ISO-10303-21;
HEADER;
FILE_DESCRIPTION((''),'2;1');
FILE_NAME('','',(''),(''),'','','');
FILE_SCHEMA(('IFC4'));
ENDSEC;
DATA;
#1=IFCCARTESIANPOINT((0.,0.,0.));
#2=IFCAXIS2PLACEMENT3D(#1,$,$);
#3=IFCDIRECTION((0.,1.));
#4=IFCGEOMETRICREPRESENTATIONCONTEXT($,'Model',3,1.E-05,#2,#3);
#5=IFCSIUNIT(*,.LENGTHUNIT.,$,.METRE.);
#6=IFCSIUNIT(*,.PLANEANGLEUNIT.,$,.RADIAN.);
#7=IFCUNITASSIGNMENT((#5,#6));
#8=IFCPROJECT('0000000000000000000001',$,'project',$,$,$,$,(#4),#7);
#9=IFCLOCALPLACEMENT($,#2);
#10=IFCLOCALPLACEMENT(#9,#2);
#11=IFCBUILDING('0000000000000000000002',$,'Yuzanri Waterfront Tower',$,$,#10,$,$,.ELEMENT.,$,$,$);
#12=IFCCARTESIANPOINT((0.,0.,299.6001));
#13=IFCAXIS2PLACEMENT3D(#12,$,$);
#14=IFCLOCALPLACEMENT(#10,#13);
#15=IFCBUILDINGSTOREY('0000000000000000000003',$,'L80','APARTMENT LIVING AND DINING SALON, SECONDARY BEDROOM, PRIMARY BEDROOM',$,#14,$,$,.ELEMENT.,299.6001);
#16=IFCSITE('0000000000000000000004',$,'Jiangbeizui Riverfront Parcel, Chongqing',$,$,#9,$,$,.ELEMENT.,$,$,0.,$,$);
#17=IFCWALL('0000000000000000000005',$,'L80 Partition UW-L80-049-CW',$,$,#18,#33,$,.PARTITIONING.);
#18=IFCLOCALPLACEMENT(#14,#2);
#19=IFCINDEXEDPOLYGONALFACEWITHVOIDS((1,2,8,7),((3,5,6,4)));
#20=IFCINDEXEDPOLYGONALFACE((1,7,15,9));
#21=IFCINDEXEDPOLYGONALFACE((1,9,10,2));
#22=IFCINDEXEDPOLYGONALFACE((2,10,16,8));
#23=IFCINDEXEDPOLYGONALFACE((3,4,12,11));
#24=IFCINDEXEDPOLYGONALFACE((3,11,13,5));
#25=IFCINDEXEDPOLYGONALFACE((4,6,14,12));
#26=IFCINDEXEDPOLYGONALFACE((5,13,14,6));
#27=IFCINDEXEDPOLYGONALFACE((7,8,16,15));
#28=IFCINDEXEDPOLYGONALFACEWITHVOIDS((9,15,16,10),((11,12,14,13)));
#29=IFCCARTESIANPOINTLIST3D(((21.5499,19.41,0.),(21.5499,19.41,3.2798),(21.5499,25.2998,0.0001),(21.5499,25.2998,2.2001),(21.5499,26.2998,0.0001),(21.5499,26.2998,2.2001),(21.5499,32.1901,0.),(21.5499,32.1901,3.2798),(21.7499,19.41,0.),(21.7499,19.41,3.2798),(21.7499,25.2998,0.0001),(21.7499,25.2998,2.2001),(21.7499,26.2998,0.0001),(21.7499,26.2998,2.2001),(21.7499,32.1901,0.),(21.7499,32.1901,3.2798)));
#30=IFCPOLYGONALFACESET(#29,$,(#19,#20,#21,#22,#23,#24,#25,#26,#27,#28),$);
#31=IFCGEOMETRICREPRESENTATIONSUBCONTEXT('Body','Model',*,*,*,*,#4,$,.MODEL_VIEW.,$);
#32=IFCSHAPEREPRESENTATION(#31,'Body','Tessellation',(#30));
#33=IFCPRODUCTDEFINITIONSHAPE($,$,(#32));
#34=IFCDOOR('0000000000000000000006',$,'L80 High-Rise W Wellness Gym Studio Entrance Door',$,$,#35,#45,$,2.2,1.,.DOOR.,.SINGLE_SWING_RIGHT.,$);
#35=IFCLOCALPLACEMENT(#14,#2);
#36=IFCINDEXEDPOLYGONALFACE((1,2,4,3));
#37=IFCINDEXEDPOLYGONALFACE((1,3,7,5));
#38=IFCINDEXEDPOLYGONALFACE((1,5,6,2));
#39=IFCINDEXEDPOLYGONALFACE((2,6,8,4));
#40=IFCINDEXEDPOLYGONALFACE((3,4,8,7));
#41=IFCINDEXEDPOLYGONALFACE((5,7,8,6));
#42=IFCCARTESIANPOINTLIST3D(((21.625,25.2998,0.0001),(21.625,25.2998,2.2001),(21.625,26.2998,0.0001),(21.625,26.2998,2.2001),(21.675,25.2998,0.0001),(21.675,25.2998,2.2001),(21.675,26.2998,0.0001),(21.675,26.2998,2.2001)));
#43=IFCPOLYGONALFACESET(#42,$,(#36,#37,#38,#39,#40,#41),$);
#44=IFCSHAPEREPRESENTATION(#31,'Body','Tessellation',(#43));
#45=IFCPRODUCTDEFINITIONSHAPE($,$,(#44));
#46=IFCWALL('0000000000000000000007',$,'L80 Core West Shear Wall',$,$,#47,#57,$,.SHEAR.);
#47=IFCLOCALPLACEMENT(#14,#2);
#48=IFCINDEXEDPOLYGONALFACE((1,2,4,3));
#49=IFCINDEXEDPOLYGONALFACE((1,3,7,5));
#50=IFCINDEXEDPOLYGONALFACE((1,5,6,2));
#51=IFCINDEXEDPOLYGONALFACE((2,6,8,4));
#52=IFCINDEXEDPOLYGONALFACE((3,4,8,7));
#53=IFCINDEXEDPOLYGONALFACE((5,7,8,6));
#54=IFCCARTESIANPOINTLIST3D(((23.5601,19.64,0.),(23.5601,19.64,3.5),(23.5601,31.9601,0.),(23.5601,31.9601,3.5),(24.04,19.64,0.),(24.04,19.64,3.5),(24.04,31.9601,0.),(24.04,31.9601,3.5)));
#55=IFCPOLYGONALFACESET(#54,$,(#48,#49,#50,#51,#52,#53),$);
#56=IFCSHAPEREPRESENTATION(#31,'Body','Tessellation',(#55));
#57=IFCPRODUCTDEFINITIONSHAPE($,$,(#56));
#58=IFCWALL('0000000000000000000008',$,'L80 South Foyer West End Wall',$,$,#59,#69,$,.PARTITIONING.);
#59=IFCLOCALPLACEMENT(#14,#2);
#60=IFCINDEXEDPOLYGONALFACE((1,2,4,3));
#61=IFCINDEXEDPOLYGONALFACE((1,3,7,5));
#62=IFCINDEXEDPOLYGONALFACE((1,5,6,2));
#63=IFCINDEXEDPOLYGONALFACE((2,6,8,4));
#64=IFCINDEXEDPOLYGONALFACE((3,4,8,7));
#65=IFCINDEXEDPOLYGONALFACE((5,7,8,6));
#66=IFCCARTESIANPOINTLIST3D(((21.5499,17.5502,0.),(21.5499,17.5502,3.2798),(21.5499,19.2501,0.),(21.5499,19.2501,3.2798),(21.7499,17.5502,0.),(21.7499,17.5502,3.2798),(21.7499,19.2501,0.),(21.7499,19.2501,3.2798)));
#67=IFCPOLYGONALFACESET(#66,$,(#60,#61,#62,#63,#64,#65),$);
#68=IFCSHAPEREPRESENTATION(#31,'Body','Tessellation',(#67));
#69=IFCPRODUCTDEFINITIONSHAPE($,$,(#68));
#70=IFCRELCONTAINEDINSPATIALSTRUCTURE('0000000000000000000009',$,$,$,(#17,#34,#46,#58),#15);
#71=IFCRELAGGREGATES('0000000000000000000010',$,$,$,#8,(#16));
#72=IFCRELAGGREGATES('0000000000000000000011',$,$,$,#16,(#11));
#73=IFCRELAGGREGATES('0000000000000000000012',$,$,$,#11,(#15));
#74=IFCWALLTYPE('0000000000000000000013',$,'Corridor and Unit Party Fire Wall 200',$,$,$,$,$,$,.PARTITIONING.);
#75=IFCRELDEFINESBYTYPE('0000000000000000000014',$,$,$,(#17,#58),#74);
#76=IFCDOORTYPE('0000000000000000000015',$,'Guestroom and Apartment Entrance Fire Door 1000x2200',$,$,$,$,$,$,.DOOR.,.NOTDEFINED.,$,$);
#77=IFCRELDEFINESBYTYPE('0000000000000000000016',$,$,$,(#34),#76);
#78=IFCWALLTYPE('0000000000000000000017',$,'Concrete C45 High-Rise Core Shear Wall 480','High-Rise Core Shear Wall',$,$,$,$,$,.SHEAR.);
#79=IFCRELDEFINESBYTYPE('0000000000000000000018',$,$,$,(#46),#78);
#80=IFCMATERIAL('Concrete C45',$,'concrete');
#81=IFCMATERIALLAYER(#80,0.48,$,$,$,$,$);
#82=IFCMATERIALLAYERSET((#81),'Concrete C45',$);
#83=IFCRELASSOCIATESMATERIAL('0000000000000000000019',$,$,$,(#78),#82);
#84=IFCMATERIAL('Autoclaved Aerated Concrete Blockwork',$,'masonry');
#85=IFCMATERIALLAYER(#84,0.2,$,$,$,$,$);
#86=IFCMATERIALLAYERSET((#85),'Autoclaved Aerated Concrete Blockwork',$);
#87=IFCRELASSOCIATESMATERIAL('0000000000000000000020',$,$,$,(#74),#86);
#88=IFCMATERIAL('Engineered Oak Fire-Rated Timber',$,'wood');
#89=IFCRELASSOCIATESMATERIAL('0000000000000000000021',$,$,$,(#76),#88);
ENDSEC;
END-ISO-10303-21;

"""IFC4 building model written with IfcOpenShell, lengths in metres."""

from ifc_helpers import new_model, si_unit, direction, frame, frame_2d, origin, place, context, subcontext, project, spatial, rectangle, extrude, source, transform, mapped, material, layer, layer_set, type_object, element, fill, save


model = new_model("IFC4")

# Units and contexts
model_context = context("Model", 3, precision=1e-05, world=origin(), true_north=direction((0.0, 1.0)))
body_context = subcontext(model_context, "Body", "Model", "MODEL_VIEW")
ifc_project = project(units=[si_unit("LENGTHUNIT", "METRE"), si_unit("PLANEANGLEUNIT", "RADIAN")], contexts=[model_context])

# Site, building, storey
site_placement = place(None, origin())
site = spatial("IfcSite", under=ifc_project, at=site_placement, Name="Jiangbeizui Riverfront Parcel, Chongqing", CompositionType="ELEMENT", RefElevation=0.0)
building_placement = place(site_placement, origin())
building = spatial("IfcBuilding", under=site, at=building_placement, Name="Yuzanri Waterfront Tower", CompositionType="ELEMENT")
storey_placement = place(building_placement, frame((0.0, 0.0, 299.6001)))
storey = spatial("IfcBuildingStorey", under=building, at=storey_placement, Name="L80", Description="APARTMENT LIVING AND DINING SALON, SECONDARY BEDROOM, PRIMARY BEDROOM", CompositionType="ELEMENT", Elevation=299.6001)

# Shared definitions
ifc_material_1 = material(Name="Concrete C45", Category="concrete")
ifc_layer_1 = layer(ifc_material_1, 0.48)
ifc_layer_set_1 = layer_set([ifc_layer_1], Name="Concrete C45")
wall_type_1 = type_object("IfcWallType", Name="Concrete C45 High-Rise Core Shear Wall 480", Description="High-Rise Core Shear Wall", PredefinedType="SHEAR", material=ifc_layer_set_1)

# Wall, opening, door
ifc_material_2 = material(Name="Autoclaved Aerated Concrete Blockwork", Category="masonry")
ifc_layer_2 = layer(ifc_material_2, 0.2)
ifc_layer_set_2 = layer_set([ifc_layer_2], Name="Autoclaved Aerated Concrete Blockwork")
wall_type_2 = type_object("IfcWallType", Name="Corridor and Unit Party Fire Wall 200", PredefinedType="PARTITIONING", material=ifc_layer_set_2)
ifc_material_3 = material(Name="Engineered Oak Fire-Rated Timber", Category="wood")
door_type_1 = type_object("IfcDoorType", Name="Guestroom and Apartment Entrance Fire Door 1000x2200", OperationType="NOTDEFINED", PredefinedType="DOOR", material=ifc_material_3)
shared_shape_1 = source(origin(), body_context, "Body", "SweptSolid", [
    extrude(rectangle(XDim=1.0, YDim=2.2, at=frame_2d((0.5, 1.1001))), frame((0.0, 0.0249, 0.0), z_axis=(0.0, -1.0, 0.0), x_axis=(1.0, 0.0, 0.0)), (0.0, 0.0, 1.0), 0.05),
])
wall_1_placement = place(storey_placement, frame((21.6499, 19.4099, 0.0), z_axis=(0.0, 0.0, 1.0), x_axis=(0.0, 1.0, 0.0)))
wall_1 = element("IfcWall", 1, at=wall_1_placement, inside=storey, type_object=wall_type_2, Name="L80 Partition UW-L80-049-CW", PredefinedType="PARTITIONING", context=body_context, shape_type="SweptSolid", body=[
    extrude(rectangle(XDim=12.78, YDim=0.2, at=frame_2d((6.3901, 0.0))), origin(), (0.0, 0.0, 1.0), 3.2798),
])
opening_1_placement = place(wall_1_placement, frame((5.8899, 0.0, 0.0)))
opening_1 = element("IfcOpeningElement", 2, at=opening_1_placement, cuts=wall_1, PredefinedType="OPENING", context=body_context, shape_type="SweptSolid", body=[
    extrude(rectangle(XDim=1.0, YDim=2.2, at=frame_2d((0.5, 1.1001))), frame((0.0, 0.1147, 0.0), z_axis=(0.0, -1.0, 0.0), x_axis=(1.0, 0.0, 0.0)), (0.0, 0.0, 1.0), 0.2297),
])
door_1_placement = place(opening_1_placement, origin())
door_1 = element("IfcDoor", 3, at=door_1_placement, inside=storey, type_object=door_type_1, Name="L80 High-Rise W Wellness Gym Studio Entrance Door", OperationType="SINGLE_SWING_RIGHT", OverallHeight=2.2, OverallWidth=1.0, PredefinedType="DOOR", context=body_context, shape_type="MappedRepresentation", body=[
    mapped(shared_shape_1, transform((0.0, 0.0, 0.0), scale=1.0)),
])
fill(opening_1, door_1)

# Walls
shared_shape_2 = source(origin(), body_context, "Body", "SweptSolid", [
    extrude(rectangle(XDim=12.3201, YDim=0.48, at=frame_2d((6.1602, 0.0))), origin(), (0.0, 0.0, 1.0), 3.5),
])
wall_2_placement = place(storey_placement, frame((23.8, 19.6399, 0.0), z_axis=(0.0, 0.0, 1.0), x_axis=(0.0, 1.0, 0.0)))
element("IfcWall", 4, at=wall_2_placement, inside=storey, type_object=wall_type_1, Name="L80 Core West Shear Wall", PredefinedType="SHEAR", context=body_context, shape_type="MappedRepresentation", body=[
    mapped(shared_shape_2, transform((0.0, 0.0, 0.0), scale=1.0)),
])
shared_shape_3 = source(origin(), body_context, "Body", "SweptSolid", [
    extrude(rectangle(XDim=1.7, YDim=0.2, at=frame_2d((0.8501, 0.0))), origin(), (0.0, 0.0, 1.0), 3.2798),
])
wall_3_placement = place(storey_placement, frame((21.6499, 17.55, 0.0), z_axis=(0.0, 0.0, 1.0), x_axis=(0.0, 1.0, 0.0)))
element("IfcWall", 5, at=wall_3_placement, inside=storey, type_object=wall_type_2, Name="L80 South Foyer West End Wall", PredefinedType="PARTITIONING", context=body_context, shape_type="MappedRepresentation", body=[
    mapped(shared_shape_3, transform((0.0, 0.0, 0.0), scale=1.0)),
])

save(model, "model.ifc")
